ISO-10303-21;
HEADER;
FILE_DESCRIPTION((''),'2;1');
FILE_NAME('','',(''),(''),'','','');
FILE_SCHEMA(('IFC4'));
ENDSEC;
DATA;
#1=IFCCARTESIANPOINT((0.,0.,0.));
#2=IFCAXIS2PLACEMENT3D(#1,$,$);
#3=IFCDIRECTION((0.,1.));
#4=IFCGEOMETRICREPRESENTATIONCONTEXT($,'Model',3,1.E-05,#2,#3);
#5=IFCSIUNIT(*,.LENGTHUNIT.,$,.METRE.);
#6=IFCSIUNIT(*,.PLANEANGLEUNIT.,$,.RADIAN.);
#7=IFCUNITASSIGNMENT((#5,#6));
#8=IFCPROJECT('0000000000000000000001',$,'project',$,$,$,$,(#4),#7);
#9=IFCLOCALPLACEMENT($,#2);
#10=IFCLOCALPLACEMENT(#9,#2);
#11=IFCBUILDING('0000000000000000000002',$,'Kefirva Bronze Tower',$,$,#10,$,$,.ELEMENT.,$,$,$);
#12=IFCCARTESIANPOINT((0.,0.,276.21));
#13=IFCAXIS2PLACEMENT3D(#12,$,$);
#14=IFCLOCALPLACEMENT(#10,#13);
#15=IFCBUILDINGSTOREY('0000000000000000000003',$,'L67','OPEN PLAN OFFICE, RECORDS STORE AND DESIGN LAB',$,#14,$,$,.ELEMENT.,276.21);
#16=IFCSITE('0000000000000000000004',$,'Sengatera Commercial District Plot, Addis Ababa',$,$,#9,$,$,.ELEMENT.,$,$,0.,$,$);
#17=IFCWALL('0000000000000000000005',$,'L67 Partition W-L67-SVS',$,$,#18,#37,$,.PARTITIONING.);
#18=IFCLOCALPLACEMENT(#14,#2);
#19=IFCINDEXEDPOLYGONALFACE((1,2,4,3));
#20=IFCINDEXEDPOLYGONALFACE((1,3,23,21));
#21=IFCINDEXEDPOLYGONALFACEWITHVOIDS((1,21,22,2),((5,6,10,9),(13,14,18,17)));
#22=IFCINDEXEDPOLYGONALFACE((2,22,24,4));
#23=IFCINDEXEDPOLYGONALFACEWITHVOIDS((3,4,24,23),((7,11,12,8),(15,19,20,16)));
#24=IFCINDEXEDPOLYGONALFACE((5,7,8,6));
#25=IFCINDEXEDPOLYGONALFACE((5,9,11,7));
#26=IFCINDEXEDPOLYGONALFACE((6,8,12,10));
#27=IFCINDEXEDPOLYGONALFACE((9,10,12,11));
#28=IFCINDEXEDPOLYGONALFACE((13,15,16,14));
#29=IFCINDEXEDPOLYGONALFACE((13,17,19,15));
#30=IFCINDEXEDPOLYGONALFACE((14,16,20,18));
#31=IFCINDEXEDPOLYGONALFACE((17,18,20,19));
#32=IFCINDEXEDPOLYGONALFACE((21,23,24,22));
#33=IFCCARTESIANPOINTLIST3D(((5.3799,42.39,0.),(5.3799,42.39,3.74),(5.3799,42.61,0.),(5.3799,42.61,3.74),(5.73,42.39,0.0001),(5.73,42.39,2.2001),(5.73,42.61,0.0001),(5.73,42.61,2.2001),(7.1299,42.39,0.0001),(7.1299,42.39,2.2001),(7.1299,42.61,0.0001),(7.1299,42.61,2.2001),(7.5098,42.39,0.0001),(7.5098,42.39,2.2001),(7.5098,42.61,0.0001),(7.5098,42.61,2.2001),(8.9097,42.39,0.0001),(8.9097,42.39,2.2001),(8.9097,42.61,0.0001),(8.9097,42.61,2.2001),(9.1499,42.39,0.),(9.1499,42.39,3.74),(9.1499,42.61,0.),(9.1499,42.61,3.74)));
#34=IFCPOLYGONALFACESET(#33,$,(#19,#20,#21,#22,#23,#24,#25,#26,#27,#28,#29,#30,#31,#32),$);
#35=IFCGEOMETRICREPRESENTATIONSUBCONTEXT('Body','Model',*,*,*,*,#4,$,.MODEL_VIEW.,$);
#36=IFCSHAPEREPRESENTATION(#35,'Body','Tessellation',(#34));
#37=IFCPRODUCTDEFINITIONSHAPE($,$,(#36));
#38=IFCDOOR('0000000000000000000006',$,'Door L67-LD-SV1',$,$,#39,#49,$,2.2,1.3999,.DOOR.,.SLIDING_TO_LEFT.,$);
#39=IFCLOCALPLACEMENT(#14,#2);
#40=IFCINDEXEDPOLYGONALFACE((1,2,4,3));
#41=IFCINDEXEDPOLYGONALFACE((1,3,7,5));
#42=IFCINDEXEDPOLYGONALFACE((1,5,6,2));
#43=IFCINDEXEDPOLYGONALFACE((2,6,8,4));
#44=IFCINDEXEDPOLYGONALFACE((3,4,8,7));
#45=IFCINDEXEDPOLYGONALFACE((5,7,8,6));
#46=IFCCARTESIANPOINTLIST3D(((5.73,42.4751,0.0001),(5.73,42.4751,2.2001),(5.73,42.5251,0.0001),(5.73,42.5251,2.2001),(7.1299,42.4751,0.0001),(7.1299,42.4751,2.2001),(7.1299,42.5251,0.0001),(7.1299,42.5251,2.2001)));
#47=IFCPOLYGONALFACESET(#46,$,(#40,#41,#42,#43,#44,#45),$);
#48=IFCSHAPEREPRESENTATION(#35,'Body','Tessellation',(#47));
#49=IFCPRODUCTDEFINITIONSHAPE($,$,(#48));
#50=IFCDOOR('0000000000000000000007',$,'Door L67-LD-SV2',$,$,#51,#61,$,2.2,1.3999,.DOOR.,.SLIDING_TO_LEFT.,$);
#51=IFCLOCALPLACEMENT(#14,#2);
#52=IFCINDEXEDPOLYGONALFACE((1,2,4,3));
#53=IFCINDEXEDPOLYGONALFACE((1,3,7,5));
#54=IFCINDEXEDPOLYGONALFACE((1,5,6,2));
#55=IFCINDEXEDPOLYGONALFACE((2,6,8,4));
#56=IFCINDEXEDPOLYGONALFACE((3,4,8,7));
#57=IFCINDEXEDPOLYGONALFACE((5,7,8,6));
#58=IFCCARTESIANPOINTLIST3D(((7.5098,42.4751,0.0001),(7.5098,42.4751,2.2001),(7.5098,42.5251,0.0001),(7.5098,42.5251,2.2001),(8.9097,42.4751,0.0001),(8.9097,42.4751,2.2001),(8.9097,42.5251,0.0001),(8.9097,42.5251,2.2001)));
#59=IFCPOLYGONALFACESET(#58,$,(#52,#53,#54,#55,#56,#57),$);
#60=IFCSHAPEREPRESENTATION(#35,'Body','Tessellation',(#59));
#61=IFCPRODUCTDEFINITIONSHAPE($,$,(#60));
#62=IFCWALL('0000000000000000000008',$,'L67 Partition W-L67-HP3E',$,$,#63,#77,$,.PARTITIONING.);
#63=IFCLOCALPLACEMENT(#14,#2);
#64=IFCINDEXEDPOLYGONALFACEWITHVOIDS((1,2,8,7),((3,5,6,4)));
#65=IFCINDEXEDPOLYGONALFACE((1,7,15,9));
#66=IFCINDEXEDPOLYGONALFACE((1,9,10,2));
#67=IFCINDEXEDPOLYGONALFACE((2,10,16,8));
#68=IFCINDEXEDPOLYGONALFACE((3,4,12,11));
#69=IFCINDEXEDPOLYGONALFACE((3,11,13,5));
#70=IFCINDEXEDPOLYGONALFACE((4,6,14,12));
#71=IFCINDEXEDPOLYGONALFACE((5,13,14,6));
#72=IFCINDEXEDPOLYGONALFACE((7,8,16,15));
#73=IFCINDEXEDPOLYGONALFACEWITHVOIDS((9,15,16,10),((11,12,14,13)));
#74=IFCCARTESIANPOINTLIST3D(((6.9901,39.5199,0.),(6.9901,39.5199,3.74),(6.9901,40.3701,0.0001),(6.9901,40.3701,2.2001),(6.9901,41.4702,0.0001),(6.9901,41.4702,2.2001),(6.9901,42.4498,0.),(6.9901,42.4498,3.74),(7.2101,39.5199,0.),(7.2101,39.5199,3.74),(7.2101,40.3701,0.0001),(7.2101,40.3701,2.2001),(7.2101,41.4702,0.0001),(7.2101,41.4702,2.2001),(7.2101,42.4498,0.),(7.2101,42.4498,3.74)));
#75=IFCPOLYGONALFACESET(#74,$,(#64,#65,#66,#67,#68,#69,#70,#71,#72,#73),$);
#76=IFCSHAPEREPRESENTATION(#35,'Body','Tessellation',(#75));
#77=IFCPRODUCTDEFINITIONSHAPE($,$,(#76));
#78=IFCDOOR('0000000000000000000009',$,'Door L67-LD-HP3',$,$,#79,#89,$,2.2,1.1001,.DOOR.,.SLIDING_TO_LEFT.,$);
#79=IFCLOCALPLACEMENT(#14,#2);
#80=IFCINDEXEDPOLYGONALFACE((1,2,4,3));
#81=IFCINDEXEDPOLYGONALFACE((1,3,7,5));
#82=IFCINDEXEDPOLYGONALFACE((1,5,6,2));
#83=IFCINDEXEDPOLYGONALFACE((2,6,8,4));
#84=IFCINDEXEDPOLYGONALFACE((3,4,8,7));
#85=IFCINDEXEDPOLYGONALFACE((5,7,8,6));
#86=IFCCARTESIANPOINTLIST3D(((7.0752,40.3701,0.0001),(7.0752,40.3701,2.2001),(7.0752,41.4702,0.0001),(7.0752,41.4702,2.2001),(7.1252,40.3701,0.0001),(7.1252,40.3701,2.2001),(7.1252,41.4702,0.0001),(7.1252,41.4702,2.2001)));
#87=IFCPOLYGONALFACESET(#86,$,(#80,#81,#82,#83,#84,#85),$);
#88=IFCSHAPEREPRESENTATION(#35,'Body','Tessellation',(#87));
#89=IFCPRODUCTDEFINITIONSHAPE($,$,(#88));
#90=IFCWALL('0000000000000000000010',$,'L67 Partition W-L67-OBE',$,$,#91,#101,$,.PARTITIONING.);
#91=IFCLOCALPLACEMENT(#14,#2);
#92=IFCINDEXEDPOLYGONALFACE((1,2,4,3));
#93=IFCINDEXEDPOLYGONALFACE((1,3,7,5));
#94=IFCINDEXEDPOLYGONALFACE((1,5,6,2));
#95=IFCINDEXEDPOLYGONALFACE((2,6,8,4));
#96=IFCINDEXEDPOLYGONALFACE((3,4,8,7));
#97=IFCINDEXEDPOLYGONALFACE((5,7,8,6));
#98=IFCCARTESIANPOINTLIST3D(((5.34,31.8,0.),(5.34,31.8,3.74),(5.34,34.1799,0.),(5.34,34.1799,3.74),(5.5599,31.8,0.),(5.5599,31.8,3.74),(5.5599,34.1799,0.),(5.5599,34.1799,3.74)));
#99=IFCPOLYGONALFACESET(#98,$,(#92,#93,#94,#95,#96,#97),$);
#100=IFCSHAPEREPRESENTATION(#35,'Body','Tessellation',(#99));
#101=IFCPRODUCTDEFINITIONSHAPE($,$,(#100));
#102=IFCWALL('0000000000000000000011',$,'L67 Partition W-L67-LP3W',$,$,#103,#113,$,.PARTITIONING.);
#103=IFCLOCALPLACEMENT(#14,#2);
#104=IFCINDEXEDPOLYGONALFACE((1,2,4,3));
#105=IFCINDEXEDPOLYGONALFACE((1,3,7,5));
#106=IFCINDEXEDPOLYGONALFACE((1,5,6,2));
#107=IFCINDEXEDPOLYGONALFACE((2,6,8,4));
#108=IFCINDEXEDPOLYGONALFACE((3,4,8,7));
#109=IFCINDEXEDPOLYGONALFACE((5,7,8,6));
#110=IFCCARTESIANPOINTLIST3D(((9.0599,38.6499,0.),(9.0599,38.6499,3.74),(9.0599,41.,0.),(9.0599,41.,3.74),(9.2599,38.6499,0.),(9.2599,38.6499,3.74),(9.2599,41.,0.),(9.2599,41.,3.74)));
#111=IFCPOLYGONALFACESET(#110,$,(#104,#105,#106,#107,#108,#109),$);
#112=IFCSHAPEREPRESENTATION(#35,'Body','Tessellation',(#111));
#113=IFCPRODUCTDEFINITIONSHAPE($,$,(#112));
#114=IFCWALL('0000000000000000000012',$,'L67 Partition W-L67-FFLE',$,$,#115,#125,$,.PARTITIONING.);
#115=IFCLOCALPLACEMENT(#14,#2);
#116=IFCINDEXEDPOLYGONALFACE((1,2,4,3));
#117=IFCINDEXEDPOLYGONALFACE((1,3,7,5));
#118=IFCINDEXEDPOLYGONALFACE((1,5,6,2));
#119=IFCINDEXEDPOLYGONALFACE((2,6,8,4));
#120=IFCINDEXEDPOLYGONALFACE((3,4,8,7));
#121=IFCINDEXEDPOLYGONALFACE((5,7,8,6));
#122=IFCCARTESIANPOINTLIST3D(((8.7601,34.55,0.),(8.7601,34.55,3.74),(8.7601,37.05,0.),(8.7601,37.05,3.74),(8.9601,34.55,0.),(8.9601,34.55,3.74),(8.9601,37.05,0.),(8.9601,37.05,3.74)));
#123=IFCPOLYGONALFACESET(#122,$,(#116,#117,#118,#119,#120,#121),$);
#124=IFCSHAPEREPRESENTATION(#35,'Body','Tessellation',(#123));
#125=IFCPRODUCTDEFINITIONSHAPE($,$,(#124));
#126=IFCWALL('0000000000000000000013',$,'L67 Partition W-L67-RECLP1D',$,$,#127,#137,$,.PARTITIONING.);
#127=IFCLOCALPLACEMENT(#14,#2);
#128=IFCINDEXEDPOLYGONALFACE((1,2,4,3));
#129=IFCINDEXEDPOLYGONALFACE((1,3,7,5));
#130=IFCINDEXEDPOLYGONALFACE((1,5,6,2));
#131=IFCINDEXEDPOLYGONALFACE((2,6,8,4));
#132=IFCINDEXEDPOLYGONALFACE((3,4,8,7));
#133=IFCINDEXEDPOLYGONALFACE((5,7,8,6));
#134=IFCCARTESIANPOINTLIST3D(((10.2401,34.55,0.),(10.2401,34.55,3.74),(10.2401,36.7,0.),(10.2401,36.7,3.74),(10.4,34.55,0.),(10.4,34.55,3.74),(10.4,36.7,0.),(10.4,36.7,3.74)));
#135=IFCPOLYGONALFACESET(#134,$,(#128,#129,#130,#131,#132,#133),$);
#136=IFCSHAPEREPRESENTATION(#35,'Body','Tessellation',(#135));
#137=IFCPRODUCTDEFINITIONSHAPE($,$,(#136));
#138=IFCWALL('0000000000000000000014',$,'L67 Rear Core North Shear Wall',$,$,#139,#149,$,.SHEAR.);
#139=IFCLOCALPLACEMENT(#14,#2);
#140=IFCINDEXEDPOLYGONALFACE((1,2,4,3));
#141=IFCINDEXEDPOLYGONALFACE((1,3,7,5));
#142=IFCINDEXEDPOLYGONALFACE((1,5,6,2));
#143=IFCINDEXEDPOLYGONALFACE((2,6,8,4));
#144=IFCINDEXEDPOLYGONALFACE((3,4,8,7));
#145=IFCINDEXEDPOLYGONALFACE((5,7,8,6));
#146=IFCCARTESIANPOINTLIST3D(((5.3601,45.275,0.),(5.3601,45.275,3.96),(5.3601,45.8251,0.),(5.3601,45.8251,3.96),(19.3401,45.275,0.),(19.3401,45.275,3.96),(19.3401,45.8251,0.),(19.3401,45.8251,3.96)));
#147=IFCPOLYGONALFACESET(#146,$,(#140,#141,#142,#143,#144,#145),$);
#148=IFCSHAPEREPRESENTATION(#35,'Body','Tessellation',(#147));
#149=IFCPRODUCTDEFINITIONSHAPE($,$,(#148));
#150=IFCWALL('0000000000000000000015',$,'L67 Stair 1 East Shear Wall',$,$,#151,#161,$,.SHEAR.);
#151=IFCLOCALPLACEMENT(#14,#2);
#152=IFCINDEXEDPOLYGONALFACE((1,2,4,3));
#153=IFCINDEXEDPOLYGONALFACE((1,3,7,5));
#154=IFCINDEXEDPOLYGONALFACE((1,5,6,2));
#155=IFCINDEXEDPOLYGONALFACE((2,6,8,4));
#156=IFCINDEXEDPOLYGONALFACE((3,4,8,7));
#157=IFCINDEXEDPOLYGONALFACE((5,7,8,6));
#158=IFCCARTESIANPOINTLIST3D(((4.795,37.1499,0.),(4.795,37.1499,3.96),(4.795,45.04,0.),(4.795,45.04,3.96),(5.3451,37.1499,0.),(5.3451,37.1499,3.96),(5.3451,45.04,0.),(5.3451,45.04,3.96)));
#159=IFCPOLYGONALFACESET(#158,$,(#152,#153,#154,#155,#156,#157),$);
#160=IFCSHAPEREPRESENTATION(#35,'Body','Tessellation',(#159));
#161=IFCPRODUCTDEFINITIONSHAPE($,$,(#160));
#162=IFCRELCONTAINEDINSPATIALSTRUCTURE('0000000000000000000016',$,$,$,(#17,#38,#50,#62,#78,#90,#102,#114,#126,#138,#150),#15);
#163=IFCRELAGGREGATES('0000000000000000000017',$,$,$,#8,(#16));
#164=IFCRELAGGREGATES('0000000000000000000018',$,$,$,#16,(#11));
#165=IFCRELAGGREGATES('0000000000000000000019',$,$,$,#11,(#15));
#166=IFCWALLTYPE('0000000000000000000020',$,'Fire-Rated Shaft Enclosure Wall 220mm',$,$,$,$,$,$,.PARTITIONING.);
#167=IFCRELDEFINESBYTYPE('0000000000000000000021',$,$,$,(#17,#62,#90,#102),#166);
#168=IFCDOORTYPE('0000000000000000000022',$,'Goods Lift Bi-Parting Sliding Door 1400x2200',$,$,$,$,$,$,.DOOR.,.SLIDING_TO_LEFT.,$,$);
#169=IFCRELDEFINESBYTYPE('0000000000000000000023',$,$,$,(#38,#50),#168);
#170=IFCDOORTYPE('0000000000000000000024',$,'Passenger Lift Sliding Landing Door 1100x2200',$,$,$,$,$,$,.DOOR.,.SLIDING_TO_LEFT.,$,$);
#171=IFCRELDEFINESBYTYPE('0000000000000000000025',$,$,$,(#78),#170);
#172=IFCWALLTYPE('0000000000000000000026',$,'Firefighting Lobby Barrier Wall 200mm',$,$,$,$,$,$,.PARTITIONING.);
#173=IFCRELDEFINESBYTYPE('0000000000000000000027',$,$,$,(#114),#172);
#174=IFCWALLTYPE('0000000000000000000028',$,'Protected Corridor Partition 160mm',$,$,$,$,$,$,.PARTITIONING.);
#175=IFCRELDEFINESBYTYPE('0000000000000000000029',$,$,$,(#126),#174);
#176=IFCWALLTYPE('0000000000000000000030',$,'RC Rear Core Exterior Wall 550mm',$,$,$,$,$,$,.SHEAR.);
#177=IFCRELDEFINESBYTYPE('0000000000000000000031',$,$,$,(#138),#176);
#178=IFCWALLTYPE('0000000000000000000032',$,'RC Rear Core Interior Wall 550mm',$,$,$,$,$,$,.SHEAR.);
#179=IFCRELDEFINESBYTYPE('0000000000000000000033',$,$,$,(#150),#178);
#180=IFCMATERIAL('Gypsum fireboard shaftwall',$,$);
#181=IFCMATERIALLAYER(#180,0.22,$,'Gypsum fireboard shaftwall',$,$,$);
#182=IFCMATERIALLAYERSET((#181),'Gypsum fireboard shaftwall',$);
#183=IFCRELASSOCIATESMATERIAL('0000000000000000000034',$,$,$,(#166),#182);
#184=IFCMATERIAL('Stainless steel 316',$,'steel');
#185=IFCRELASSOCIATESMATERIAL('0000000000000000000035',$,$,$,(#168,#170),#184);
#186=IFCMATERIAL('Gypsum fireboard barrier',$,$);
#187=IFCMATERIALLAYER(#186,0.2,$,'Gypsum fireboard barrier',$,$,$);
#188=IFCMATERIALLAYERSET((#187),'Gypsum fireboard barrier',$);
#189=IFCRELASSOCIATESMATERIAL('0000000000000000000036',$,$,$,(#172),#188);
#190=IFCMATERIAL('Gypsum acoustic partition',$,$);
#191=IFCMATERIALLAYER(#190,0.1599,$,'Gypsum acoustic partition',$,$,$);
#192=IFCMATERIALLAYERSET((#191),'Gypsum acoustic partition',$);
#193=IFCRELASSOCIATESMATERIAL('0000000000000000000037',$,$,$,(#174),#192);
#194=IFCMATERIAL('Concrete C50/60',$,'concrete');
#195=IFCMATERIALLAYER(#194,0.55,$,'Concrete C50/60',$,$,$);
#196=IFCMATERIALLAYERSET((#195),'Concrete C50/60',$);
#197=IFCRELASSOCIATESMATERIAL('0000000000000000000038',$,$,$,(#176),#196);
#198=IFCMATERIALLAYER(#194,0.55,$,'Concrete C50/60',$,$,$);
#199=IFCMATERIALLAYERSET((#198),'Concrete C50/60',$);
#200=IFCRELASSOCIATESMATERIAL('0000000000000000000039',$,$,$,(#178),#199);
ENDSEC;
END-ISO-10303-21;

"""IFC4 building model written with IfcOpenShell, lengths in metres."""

from ifc_helpers import new_model, si_unit, direction, frame, frame_2d, origin, place, context, subcontext, project, spatial, rectangle, extrude, material, layer, layer_set, type_object, element, fill, save


model = new_model("IFC4")

# Units and contexts
model_context = context("Model", 3, precision=1e-05, world=origin(), true_north=direction((0.0, 1.0)))
body_context = subcontext(model_context, "Body", "Model", "MODEL_VIEW")
ifc_project = project(units=[si_unit("LENGTHUNIT", "METRE"), si_unit("PLANEANGLEUNIT", "RADIAN")], contexts=[model_context])

# Site, building, storey
site_placement = place(None, origin())
site = spatial("IfcSite", under=ifc_project, at=site_placement, Name="Sengatera Commercial District Plot, Addis Ababa", CompositionType="ELEMENT", RefElevation=0.0)
building_placement = place(site_placement, origin())
building = spatial("IfcBuilding", under=site, at=building_placement, Name="Kefirva Bronze Tower", CompositionType="ELEMENT")
storey_placement = place(building_placement, frame((0.0, 0.0, 276.21)))
storey = spatial("IfcBuildingStorey", under=building, at=storey_placement, Name="L67", Description="OPEN PLAN OFFICE, RECORDS STORE AND DESIGN LAB", CompositionType="ELEMENT", Elevation=276.21)

# Shared definitions
ifc_material_1 = material(Name="Concrete C50/60", Category="concrete")

# Shared definitions
ifc_material_2 = material(Name="Gypsum fireboard shaftwall")
ifc_layer_1 = layer(ifc_material_2, 0.22, Name="Gypsum fireboard shaftwall")
ifc_layer_set_1 = layer_set([ifc_layer_1], Name="Gypsum fireboard shaftwall")
wall_type_1 = type_object("IfcWallType", Name="Fire-Rated Shaft Enclosure Wall 220mm", PredefinedType="PARTITIONING", material=ifc_layer_set_1)
ifc_material_3 = material(Name="Stainless steel 316", Category="steel")

# Wall, openings, doors
wall_1_placement = place(storey_placement, frame((5.3799, 42.5, 0.0), z_axis=(0.0, 0.0, 1.0), x_axis=(1.0, 0.0, 0.0)))
wall_1 = element("IfcWall", 1, at=wall_1_placement, inside=storey, type_object=wall_type_1, Name="L67 Partition W-L67-SVS", PredefinedType="PARTITIONING", context=body_context, shape_type="SweptSolid", body=[
    extrude(rectangle(XDim=3.77, YDim=0.22, at=frame_2d((1.885, 0.0))), origin(), (0.0, 0.0, 1.0), 3.74),
])
opening_1_placement = place(wall_1_placement, frame((1.75, 0.0, 0.0), z_axis=(0.0, 0.0, 1.0), x_axis=(-1.0, 0.0, 0.0)))
opening_1 = element("IfcOpeningElement", 2, at=opening_1_placement, cuts=wall_1, PredefinedType="OPENING", context=body_context, shape_type="SweptSolid", body=[
    extrude(rectangle(XDim=1.3999, YDim=2.2, at=frame_2d((0.7, 1.1001))), frame((0.0, 0.1201, 0.0), z_axis=(0.0, -1.0, 0.0), x_axis=(1.0, 0.0, 0.0)), (0.0, 0.0, 1.0), 0.24),
])
opening_2_placement = place(wall_1_placement, frame((3.5298, 0.0, 0.0), z_axis=(0.0, 0.0, 1.0), x_axis=(-1.0, 0.0, 0.0)))
opening_2 = element("IfcOpeningElement", 3, at=opening_2_placement, cuts=wall_1, PredefinedType="OPENING", context=body_context, shape_type="SweptSolid", body=[
    extrude(rectangle(XDim=1.3999, YDim=2.2, at=frame_2d((0.7, 1.1001))), frame((0.0, 0.1201, 0.0), z_axis=(0.0, -1.0, 0.0), x_axis=(1.0, 0.0, 0.0)), (0.0, 0.0, 1.0), 0.24),
])
door_type_1 = type_object("IfcDoorType", Name="Goods Lift Bi-Parting Sliding Door 1400x2200", OperationType="SLIDING_TO_LEFT", PredefinedType="DOOR", material=ifc_material_3)
door_1_placement = place(opening_1_placement, origin())
door_1 = element("IfcDoor", 4, at=door_1_placement, inside=storey, type_object=door_type_1, Name="Door L67-LD-SV1", OperationType="SLIDING_TO_LEFT", OverallHeight=2.2, OverallWidth=1.3999, PredefinedType="DOOR", context=body_context, shape_type="SweptSolid", body=[
    extrude(rectangle(XDim=1.3999, YDim=2.2, at=frame_2d((0.7, 1.1001))), frame((0.0, 0.0249, 0.0), z_axis=(0.0, -1.0, 0.0), x_axis=(1.0, 0.0, 0.0)), (0.0, 0.0, 1.0), 0.05),
])
fill(opening_1, door_1)
door_2_placement = place(opening_2_placement, origin())
door_2 = element("IfcDoor", 5, at=door_2_placement, inside=storey, type_object=door_type_1, Name="Door L67-LD-SV2", OperationType="SLIDING_TO_LEFT", OverallHeight=2.2, OverallWidth=1.3999, PredefinedType="DOOR", context=body_context, shape_type="SweptSolid", body=[
    extrude(rectangle(XDim=1.3999, YDim=2.2, at=frame_2d((0.7, 1.1001))), frame((0.0, 0.0249, 0.0), z_axis=(0.0, -1.0, 0.0), x_axis=(1.0, 0.0, 0.0)), (0.0, 0.0, 1.0), 0.05),
])
fill(opening_2, door_2)

# Wall, opening, door
wall_2_placement = place(storey_placement, frame((7.1001, 39.52, 0.0), z_axis=(0.0, 0.0, 1.0), x_axis=(0.0, 1.0, 0.0)))
wall_2 = element("IfcWall", 6, at=wall_2_placement, inside=storey, type_object=wall_type_1, Name="L67 Partition W-L67-HP3E", PredefinedType="PARTITIONING", context=body_context, shape_type="SweptSolid", body=[
    extrude(rectangle(XDim=2.9299, YDim=0.22, at=frame_2d((1.4648, 0.0))), origin(), (0.0, 0.0, 1.0), 3.74),
])
opening_3_placement = place(wall_2_placement, frame((0.8501, 0.0, 0.0)))
opening_3 = element("IfcOpeningElement", 7, at=opening_3_placement, cuts=wall_2, PredefinedType="OPENING", context=body_context, shape_type="SweptSolid", body=[
    extrude(rectangle(XDim=1.1001, YDim=2.2, at=frame_2d((0.55, 1.1001))), frame((0.0, 0.1201, 0.0), z_axis=(0.0, -1.0, 0.0), x_axis=(1.0, 0.0, 0.0)), (0.0, 0.0, 1.0), 0.24),
])
door_type_2 = type_object("IfcDoorType", Name="Passenger Lift Sliding Landing Door 1100x2200", OperationType="SLIDING_TO_LEFT", PredefinedType="DOOR", material=ifc_material_3)
door_3_placement = place(opening_3_placement, origin())
door_3 = element("IfcDoor", 8, at=door_3_placement, inside=storey, type_object=door_type_2, Name="Door L67-LD-HP3", OperationType="SLIDING_TO_LEFT", OverallHeight=2.2, OverallWidth=1.1001, PredefinedType="DOOR", context=body_context, shape_type="SweptSolid", body=[
    extrude(rectangle(XDim=1.1001, YDim=2.2, at=frame_2d((0.55, 1.1001))), frame((0.0, 0.0249, 0.0), z_axis=(0.0, -1.0, 0.0), x_axis=(1.0, 0.0, 0.0)), (0.0, 0.0, 1.0), 0.05),
])
fill(opening_3, door_3)

# Walls
wall_3_placement = place(storey_placement, frame((5.45, 31.8, 0.0), z_axis=(0.0, 0.0, 1.0), x_axis=(0.0, 1.0, 0.0)))
element("IfcWall", 9, at=wall_3_placement, inside=storey, type_object=wall_type_1, Name="L67 Partition W-L67-OBE", PredefinedType="PARTITIONING", context=body_context, shape_type="SweptSolid", body=[
    extrude(rectangle(XDim=2.3799, YDim=0.22, at=frame_2d((1.1899, 0.0))), origin(), (0.0, 0.0, 1.0), 3.74),
])
wall_4_placement = place(storey_placement, frame((9.1599, 38.6499, 0.0), z_axis=(0.0, 0.0, 1.0), x_axis=(0.0, 1.0, 0.0)))
element("IfcWall", 10, at=wall_4_placement, inside=storey, type_object=wall_type_1, Name="L67 Partition W-L67-LP3W", PredefinedType="PARTITIONING", context=body_context, shape_type="SweptSolid", body=[
    extrude(rectangle(XDim=2.3501, YDim=0.2, at=frame_2d((1.175, 0.0))), origin(), (0.0, 0.0, 1.0), 3.74),
])
ifc_material_4 = material(Name="Gypsum fireboard barrier")
ifc_layer_2 = layer(ifc_material_4, 0.2, Name="Gypsum fireboard barrier")
ifc_layer_set_2 = layer_set([ifc_layer_2], Name="Gypsum fireboard barrier")
wall_type_2 = type_object("IfcWallType", Name="Firefighting Lobby Barrier Wall 200mm", PredefinedType="PARTITIONING", material=ifc_layer_set_2)
wall_5_placement = place(storey_placement, frame((8.8601, 34.55, 0.0), z_axis=(0.0, 0.0, 1.0), x_axis=(0.0, 1.0, 0.0)))
element("IfcWall", 11, at=wall_5_placement, inside=storey, type_object=wall_type_2, Name="L67 Partition W-L67-FFLE", PredefinedType="PARTITIONING", context=body_context, shape_type="SweptSolid", body=[
    extrude(rectangle(XDim=2.5, YDim=0.2, at=frame_2d((1.25, 0.0))), origin(), (0.0, 0.0, 1.0), 3.74),
])

# Shared definitions
ifc_material_5 = material(Name="Gypsum acoustic partition")
ifc_layer_3 = layer(ifc_material_5, 0.1599, Name="Gypsum acoustic partition")
ifc_layer_set_3 = layer_set([ifc_layer_3], Name="Gypsum acoustic partition")
wall_type_3 = type_object("IfcWallType", Name="Protected Corridor Partition 160mm", PredefinedType="PARTITIONING", material=ifc_layer_set_3)

# Wall
wall_6_placement = place(storey_placement, frame((10.3201, 34.55, 0.0), z_axis=(0.0, 0.0, 1.0), x_axis=(0.0, 1.0, 0.0)))
element("IfcWall", 12, at=wall_6_placement, inside=storey, type_object=wall_type_3, Name="L67 Partition W-L67-RECLP1D", PredefinedType="PARTITIONING", context=body_context, shape_type="SweptSolid", body=[
    extrude(rectangle(XDim=2.1499, YDim=0.1599, at=frame_2d((1.075, 0.0))), origin(), (0.0, 0.0, 1.0), 3.74),
])

# Walls
ifc_layer_4 = layer(ifc_material_1, 0.55, Name="Concrete C50/60")
ifc_layer_set_4 = layer_set([ifc_layer_4], Name="Concrete C50/60")
wall_type_4 = type_object("IfcWallType", Name="RC Rear Core Exterior Wall 550mm", PredefinedType="SHEAR", material=ifc_layer_set_4)
wall_7_placement = place(storey_placement, frame((5.3601, 45.55, 0.0), z_axis=(0.0, 0.0, 1.0), x_axis=(1.0, 0.0, 0.0)))
element("IfcWall", 13, at=wall_7_placement, inside=storey, type_object=wall_type_4, Name="L67 Rear Core North Shear Wall", PredefinedType="SHEAR", context=body_context, shape_type="SweptSolid", body=[
    extrude(rectangle(XDim=13.98, YDim=0.55, at=frame_2d((6.99, 0.0))), origin(), (0.0, 0.0, 1.0), 3.96),
])
ifc_layer_5 = layer(ifc_material_1, 0.55, Name="Concrete C50/60")
ifc_layer_set_5 = layer_set([ifc_layer_5], Name="Concrete C50/60")
wall_type_5 = type_object("IfcWallType", Name="RC Rear Core Interior Wall 550mm", PredefinedType="SHEAR", material=ifc_layer_set_5)
wall_8_placement = place(storey_placement, frame((5.0701, 37.1499, 0.0), z_axis=(0.0, 0.0, 1.0), x_axis=(0.0, 1.0, 0.0)))
element("IfcWall", 14, at=wall_8_placement, inside=storey, type_object=wall_type_5, Name="L67 Stair 1 East Shear Wall", PredefinedType="SHEAR", context=body_context, shape_type="SweptSolid", body=[
    extrude(rectangle(XDim=7.8901, YDim=0.55, at=frame_2d((3.9451, 0.0))), origin(), (0.0, 0.0, 1.0), 3.96),
])

save(model, "model.ifc")
